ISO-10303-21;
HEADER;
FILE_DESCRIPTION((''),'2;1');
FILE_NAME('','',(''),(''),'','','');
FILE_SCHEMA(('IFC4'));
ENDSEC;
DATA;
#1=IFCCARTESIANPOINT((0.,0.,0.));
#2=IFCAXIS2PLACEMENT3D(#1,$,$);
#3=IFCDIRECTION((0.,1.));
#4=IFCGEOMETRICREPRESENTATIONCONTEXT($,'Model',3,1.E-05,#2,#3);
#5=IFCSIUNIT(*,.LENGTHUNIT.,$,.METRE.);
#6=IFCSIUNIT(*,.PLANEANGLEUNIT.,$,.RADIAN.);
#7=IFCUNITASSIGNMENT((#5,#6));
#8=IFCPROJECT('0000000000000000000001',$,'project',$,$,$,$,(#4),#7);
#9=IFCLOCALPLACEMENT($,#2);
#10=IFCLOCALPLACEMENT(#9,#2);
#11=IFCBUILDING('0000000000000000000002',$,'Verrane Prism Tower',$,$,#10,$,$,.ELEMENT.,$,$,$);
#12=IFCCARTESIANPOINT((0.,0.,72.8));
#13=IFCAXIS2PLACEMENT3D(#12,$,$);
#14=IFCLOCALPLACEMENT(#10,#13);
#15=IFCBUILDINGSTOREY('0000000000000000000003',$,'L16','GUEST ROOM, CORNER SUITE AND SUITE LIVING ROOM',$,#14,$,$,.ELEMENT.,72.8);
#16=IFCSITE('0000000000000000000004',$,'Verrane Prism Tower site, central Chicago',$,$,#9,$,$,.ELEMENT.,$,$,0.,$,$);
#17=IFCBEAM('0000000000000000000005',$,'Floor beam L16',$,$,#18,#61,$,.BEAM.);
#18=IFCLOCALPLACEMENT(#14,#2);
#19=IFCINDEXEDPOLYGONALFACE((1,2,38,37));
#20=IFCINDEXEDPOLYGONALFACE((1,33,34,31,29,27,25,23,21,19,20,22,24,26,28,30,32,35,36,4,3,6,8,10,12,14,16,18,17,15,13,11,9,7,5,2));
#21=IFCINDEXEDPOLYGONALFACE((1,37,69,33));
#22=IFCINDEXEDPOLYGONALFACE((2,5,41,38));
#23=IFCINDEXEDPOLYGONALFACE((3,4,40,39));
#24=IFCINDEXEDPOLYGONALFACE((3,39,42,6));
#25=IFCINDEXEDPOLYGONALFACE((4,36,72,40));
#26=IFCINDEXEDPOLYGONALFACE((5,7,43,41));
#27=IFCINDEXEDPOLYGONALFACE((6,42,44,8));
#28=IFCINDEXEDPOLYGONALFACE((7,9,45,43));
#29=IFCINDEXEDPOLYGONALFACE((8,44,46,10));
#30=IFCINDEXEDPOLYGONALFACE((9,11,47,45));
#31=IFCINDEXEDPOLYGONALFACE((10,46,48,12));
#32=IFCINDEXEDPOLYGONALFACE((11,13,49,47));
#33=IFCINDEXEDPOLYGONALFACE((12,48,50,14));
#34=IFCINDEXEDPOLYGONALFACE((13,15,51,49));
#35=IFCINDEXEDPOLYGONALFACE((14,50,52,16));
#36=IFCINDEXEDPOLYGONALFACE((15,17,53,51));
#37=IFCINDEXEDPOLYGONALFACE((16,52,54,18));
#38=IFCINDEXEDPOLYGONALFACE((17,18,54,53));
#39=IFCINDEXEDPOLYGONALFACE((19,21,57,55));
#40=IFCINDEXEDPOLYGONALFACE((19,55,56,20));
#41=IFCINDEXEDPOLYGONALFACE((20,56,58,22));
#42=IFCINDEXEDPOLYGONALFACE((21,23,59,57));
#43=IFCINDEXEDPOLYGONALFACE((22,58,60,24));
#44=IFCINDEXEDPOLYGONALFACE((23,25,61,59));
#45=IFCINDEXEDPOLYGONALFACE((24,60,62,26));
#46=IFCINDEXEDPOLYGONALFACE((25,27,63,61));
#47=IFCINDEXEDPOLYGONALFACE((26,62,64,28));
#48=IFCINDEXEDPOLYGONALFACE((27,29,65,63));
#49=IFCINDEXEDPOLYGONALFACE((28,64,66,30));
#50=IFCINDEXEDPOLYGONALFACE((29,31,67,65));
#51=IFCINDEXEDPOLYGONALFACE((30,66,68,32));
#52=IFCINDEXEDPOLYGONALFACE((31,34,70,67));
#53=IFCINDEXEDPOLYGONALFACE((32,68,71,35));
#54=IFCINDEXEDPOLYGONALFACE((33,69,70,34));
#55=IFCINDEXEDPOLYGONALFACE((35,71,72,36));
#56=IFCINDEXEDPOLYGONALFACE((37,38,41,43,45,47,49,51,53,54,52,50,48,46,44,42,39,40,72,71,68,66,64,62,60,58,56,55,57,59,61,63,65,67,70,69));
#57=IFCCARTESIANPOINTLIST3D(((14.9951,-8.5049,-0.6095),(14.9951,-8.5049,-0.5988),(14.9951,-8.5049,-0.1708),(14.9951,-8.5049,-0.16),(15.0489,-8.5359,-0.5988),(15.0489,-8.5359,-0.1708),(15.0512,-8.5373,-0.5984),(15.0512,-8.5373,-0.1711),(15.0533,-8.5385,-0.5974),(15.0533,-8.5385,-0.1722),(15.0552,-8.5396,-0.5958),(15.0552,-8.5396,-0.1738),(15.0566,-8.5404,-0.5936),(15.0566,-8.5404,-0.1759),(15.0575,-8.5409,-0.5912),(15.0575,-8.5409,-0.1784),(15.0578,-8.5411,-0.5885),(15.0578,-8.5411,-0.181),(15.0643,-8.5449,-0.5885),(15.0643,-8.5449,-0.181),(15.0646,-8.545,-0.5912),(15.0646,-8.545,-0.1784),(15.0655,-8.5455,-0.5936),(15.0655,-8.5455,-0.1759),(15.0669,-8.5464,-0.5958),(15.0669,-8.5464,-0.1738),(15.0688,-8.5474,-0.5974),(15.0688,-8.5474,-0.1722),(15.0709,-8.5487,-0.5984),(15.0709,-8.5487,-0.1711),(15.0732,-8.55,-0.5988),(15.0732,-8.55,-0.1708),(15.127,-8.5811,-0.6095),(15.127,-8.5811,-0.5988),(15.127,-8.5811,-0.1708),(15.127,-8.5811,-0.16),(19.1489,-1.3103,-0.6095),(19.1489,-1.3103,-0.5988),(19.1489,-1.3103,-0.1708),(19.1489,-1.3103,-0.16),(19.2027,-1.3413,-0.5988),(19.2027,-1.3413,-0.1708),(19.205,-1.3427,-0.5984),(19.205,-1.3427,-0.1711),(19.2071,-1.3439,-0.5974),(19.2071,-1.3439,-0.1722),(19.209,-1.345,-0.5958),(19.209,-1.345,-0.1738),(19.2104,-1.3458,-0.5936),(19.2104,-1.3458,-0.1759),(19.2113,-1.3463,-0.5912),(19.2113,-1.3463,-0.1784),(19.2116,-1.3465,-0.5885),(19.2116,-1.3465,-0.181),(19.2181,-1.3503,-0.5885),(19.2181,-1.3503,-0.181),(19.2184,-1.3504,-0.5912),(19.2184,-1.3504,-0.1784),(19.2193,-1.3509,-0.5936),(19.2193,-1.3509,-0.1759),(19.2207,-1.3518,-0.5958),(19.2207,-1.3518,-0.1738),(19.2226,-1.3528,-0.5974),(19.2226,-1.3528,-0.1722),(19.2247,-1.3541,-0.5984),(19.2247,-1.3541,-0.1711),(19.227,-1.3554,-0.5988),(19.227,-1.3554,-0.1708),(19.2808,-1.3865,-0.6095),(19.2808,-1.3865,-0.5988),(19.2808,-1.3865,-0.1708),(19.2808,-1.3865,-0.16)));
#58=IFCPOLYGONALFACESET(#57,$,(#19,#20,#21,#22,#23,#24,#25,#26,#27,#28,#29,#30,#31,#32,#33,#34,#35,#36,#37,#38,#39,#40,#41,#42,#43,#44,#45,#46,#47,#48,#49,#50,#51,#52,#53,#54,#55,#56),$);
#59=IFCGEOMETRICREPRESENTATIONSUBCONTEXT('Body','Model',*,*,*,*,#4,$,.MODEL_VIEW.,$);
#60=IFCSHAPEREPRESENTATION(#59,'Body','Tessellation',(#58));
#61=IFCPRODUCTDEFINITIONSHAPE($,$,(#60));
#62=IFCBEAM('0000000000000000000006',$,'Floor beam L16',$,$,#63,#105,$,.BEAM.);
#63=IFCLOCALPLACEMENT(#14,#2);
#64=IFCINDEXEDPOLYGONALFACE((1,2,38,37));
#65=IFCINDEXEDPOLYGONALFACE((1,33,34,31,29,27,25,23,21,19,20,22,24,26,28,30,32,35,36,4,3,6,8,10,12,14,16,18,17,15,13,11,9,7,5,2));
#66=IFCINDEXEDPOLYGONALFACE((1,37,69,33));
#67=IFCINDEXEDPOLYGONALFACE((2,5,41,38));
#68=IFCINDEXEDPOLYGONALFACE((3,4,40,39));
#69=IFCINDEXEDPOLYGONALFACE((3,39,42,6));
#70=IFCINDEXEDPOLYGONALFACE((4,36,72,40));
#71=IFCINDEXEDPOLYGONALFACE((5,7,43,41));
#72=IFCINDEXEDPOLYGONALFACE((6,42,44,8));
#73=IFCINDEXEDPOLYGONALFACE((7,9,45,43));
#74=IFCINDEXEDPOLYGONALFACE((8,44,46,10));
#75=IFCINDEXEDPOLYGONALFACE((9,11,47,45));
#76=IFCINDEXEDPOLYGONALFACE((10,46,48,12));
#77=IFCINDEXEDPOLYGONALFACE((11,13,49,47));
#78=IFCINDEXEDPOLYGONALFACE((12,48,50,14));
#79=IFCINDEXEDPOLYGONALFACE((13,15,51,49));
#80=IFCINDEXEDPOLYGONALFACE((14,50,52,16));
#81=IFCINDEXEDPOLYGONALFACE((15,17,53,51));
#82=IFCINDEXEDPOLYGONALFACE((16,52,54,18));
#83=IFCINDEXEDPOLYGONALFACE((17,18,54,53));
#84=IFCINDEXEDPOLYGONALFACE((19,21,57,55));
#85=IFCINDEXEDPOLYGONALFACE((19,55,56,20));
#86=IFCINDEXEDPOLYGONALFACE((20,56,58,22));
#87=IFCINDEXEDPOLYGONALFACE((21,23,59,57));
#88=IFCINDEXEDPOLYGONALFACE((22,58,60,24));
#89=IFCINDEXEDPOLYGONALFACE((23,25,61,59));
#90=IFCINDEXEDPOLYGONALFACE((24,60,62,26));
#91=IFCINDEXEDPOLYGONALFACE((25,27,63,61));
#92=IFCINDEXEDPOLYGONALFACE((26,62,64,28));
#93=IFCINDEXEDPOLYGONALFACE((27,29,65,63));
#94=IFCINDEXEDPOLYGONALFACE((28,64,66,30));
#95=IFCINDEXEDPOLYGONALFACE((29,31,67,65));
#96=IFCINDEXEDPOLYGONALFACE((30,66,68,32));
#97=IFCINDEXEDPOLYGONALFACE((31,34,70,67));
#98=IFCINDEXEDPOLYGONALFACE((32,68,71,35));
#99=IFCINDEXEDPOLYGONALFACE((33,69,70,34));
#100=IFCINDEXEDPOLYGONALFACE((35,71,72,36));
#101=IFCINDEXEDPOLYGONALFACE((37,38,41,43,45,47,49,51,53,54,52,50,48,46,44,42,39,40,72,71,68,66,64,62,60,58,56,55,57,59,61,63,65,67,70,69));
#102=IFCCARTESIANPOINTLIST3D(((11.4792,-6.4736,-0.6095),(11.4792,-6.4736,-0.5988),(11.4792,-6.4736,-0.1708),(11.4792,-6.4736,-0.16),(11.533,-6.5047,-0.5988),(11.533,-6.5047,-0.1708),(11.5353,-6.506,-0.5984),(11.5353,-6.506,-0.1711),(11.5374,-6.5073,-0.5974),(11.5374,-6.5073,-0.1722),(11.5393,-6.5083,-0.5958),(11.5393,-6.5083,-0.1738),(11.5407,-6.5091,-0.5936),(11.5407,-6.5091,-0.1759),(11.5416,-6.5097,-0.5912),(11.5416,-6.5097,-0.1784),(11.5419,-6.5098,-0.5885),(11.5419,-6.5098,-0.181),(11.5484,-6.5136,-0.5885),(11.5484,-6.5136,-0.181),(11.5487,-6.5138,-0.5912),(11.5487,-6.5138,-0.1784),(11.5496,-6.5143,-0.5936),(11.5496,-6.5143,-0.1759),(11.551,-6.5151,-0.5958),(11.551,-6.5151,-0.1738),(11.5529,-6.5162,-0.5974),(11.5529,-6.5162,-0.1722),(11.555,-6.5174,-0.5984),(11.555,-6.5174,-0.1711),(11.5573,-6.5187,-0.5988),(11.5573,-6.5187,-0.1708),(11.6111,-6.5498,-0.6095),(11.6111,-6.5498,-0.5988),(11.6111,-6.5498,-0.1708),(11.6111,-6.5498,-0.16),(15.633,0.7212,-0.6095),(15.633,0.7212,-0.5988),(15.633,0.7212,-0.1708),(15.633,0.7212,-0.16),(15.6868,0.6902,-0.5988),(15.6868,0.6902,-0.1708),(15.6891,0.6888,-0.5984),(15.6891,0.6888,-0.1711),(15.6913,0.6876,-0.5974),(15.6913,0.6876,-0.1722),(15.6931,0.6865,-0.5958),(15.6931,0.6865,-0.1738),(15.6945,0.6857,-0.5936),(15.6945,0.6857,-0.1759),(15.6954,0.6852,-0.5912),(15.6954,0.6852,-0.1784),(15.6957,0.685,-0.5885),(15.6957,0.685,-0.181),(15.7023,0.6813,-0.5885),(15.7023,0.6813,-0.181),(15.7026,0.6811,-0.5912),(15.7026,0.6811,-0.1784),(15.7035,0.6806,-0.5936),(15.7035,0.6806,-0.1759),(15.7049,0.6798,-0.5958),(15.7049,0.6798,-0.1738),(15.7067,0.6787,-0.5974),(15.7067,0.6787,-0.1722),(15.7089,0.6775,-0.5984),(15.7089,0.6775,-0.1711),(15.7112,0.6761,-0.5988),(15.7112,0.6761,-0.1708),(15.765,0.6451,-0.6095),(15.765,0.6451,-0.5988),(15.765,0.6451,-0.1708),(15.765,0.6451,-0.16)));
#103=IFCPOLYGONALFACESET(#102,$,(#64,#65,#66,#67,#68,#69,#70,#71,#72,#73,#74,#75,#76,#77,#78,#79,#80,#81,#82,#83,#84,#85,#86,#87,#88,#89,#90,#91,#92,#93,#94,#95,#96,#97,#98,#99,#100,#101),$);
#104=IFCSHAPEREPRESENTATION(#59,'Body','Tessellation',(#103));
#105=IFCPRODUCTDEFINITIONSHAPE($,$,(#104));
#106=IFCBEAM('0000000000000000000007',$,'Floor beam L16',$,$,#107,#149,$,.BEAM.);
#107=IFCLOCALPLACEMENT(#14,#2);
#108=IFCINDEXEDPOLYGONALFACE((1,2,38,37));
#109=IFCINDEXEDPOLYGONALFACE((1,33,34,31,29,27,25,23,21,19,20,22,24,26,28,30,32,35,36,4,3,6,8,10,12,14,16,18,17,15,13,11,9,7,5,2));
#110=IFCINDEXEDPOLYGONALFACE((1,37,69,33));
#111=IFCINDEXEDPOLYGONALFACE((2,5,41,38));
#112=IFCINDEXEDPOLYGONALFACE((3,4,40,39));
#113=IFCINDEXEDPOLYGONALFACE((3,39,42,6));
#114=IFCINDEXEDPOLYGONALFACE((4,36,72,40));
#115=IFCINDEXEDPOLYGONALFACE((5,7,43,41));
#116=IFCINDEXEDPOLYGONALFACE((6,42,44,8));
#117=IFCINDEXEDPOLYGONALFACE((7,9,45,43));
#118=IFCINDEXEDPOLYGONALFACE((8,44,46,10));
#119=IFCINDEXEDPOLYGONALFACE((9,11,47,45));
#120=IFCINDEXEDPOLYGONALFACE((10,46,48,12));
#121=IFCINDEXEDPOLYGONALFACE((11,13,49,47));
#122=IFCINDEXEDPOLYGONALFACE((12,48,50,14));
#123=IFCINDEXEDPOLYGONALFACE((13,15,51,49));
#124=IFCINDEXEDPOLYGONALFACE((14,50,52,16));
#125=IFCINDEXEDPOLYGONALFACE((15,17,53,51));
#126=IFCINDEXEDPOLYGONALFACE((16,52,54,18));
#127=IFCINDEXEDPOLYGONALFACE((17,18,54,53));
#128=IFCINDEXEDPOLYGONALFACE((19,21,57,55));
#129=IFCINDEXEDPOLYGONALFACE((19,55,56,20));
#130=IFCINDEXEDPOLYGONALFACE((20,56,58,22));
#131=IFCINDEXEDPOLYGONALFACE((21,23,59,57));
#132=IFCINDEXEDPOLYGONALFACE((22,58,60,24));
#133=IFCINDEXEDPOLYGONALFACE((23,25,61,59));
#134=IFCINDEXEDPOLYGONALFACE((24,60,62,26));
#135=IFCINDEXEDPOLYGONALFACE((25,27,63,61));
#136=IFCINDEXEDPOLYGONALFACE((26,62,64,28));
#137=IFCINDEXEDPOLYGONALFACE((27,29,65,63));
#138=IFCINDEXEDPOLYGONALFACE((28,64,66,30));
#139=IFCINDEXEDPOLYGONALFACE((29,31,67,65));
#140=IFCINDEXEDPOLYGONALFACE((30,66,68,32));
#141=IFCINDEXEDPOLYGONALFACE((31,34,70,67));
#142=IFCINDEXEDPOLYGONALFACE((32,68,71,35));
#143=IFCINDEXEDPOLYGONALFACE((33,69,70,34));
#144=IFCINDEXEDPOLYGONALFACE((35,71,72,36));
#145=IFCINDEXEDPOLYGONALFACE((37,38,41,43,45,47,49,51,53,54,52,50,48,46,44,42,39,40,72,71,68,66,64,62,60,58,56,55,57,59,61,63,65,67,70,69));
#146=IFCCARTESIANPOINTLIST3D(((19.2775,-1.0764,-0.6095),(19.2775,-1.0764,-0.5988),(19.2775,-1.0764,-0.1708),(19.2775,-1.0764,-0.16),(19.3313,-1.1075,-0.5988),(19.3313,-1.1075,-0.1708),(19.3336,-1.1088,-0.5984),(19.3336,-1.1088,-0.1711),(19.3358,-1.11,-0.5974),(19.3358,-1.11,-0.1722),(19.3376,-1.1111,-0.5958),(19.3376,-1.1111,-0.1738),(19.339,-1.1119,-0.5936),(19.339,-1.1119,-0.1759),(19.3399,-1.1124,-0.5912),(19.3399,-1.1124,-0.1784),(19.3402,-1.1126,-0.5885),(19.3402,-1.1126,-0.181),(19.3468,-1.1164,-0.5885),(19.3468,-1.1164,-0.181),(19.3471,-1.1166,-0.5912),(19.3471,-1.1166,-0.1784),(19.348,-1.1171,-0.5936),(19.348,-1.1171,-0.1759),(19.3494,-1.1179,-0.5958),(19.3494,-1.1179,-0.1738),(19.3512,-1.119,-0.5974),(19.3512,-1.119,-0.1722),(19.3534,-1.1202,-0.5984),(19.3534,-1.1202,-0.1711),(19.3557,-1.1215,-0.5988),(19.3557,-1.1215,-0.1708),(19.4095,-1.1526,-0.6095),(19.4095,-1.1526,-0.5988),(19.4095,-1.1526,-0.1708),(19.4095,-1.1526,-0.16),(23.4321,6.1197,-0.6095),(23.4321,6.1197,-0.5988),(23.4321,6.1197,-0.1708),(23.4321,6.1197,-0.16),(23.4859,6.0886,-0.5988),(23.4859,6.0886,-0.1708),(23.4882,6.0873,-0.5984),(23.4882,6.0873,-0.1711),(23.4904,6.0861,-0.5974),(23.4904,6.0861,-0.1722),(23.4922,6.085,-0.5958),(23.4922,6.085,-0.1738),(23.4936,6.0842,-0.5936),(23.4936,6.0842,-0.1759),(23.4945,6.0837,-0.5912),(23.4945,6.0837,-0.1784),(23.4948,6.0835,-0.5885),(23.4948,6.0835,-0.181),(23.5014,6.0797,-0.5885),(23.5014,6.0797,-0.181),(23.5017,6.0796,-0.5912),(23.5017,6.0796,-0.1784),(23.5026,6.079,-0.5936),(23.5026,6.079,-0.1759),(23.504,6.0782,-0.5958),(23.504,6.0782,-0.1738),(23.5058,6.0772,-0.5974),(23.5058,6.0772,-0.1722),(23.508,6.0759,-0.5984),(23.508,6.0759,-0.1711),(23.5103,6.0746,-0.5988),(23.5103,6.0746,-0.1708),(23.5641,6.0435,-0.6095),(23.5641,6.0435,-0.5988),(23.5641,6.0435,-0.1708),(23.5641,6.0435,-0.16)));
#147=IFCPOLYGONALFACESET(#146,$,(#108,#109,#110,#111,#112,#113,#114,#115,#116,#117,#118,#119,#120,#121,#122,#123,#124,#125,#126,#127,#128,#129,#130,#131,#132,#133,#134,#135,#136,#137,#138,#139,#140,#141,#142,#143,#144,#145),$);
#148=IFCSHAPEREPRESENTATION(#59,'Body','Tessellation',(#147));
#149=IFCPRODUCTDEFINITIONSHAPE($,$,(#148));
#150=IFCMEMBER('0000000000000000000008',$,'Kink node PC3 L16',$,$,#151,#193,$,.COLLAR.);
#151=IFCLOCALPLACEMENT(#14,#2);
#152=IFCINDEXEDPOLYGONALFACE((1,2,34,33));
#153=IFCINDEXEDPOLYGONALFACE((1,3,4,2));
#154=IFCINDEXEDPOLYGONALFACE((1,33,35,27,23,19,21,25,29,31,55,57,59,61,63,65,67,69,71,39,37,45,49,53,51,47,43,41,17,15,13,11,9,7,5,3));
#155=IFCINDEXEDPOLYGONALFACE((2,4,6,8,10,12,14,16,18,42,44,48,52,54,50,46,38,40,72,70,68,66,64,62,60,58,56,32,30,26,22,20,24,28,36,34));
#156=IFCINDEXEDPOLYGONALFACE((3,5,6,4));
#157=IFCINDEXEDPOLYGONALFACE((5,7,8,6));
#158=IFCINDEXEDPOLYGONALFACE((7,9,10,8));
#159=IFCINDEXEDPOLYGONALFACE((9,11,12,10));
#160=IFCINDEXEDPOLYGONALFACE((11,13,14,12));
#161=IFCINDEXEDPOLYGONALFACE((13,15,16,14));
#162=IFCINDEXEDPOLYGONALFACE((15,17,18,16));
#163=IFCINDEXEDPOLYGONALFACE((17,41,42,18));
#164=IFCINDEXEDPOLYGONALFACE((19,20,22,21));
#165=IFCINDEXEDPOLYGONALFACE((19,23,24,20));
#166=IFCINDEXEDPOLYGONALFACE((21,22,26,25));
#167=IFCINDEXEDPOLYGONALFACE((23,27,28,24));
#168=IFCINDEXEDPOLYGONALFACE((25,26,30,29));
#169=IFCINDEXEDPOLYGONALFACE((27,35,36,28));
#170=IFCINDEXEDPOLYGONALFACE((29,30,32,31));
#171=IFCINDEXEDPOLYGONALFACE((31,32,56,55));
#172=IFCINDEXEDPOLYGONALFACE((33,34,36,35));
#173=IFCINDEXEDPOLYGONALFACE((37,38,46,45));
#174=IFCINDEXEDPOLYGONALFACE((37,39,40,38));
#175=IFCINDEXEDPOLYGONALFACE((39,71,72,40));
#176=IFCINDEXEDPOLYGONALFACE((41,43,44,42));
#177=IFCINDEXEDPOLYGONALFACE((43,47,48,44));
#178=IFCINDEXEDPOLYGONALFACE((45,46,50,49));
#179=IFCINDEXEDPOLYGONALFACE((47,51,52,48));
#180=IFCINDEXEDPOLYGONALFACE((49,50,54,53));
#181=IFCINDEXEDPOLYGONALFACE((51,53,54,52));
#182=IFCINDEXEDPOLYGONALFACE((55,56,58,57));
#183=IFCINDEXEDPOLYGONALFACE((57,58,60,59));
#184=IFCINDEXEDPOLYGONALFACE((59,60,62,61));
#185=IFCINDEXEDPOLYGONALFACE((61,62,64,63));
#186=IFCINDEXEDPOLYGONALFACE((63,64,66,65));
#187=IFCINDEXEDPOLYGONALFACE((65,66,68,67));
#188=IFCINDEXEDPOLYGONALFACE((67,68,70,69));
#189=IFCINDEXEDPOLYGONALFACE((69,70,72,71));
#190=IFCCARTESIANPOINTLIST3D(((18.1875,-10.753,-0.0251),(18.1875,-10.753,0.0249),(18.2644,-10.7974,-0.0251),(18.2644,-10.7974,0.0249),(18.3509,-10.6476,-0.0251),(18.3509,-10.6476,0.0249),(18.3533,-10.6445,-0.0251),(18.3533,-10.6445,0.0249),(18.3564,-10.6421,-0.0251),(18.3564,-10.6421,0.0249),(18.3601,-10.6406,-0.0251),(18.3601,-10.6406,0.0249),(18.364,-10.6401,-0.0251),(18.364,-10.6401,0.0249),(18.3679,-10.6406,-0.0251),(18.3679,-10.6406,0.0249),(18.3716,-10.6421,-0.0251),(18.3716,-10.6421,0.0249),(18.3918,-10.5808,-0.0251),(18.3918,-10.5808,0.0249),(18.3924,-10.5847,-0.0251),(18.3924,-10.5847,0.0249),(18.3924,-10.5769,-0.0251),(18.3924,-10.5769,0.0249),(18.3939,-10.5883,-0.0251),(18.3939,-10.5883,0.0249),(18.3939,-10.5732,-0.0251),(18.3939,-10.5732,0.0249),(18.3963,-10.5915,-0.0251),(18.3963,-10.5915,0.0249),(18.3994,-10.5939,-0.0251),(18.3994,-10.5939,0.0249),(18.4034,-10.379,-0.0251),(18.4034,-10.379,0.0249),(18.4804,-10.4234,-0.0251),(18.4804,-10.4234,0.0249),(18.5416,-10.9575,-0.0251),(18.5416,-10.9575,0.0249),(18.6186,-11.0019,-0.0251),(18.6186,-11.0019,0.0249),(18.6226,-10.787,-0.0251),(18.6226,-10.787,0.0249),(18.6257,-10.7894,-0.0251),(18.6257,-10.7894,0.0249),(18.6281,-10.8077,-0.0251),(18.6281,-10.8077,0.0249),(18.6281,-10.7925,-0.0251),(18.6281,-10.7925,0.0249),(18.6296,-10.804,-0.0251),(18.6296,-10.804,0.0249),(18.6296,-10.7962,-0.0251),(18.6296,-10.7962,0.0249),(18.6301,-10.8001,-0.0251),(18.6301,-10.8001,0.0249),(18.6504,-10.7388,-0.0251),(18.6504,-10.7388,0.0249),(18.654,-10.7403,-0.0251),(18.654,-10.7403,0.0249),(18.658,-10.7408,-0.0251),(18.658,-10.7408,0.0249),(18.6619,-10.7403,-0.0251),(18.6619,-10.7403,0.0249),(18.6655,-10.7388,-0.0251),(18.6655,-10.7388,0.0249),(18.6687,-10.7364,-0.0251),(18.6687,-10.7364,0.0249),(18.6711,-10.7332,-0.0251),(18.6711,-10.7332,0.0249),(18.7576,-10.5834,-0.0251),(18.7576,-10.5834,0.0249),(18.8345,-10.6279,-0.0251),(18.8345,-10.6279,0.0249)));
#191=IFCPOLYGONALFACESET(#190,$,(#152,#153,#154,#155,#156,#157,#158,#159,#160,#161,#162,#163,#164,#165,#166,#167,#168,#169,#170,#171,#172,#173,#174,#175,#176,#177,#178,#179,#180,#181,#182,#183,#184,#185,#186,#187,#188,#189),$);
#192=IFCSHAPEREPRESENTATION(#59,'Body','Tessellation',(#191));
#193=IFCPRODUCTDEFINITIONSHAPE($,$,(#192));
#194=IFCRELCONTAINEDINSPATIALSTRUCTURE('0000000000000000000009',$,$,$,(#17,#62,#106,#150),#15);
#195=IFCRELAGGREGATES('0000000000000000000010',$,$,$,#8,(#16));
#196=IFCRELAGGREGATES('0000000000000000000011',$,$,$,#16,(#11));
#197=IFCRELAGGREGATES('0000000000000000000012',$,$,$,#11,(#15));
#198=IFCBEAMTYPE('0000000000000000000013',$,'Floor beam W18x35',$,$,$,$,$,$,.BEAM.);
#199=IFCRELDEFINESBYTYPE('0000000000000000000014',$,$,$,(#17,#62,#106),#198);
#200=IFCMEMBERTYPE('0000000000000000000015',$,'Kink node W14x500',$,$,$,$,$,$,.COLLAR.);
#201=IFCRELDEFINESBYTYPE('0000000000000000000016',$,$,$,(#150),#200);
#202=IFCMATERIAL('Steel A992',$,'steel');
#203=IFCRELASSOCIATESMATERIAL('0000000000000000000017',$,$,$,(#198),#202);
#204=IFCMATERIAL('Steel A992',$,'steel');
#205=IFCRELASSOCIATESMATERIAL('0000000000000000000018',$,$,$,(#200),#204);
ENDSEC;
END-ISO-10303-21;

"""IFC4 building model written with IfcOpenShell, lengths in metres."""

from ifc_helpers import new_model, si_unit, direction, frame, origin, origin_2d, place, context, subcontext, project, spatial, i_section, extrude, material, material_profile, profile_set, type_object, element, save


model = new_model("IFC4")

# Units and contexts
model_context = context("Model", 3, precision=1e-05, world=origin(), true_north=direction((0.0, 1.0)))
body_context = subcontext(model_context, "Body", "Model", "MODEL_VIEW")
ifc_project = project(units=[si_unit("LENGTHUNIT", "METRE"), si_unit("PLANEANGLEUNIT", "RADIAN")], contexts=[model_context])

# Site, building, storey
site_placement = place(None, origin())
site = spatial("IfcSite", under=ifc_project, at=site_placement, Name="Verrane Prism Tower site, central Chicago", CompositionType="ELEMENT", RefElevation=0.0)
building_placement = place(site_placement, origin())
building = spatial("IfcBuilding", under=site, at=building_placement, Name="Verrane Prism Tower", CompositionType="ELEMENT")
storey_placement = place(building_placement, frame((0.0, 0.0, 72.8)))
storey = spatial("IfcBuildingStorey", under=building, at=storey_placement, Name="L16", Description="GUEST ROOM, CORNER SUITE AND SUITE LIVING ROOM", CompositionType="ELEMENT", Elevation=72.8)

# Beams
ifc_material_1 = material(Name="Steel A992", Category="steel")
ifc_material_profile_1 = material_profile(ifc_material_1, i_section(OverallWidth=0.1523, OverallDepth=0.4495, WebThickness=0.0076, FlangeThickness=0.0107, FilletRadius=0.0103, at=origin_2d()), Name="W18x35")
ifc_profile_set_1 = profile_set([ifc_material_profile_1], Name="Steel A992")
beam_type_1 = type_object("IfcBeamType", Name="Floor beam W18x35", PredefinedType="BEAM", material=ifc_profile_set_1)
beam_1_placement = place(storey_placement, frame((15.061, -8.543, -0.3848), z_axis=(0.500001, 0.866025, 0.0), x_axis=(-0.866025, 0.500001, 0.0)))
element("IfcBeam", 1, at=beam_1_placement, inside=storey, type_object=beam_type_1, Name="Floor beam L16", PredefinedType="BEAM", context=body_context, shape_type="SweptSolid", body=[
    extrude(i_section(OverallWidth=0.1523, OverallDepth=0.4495, WebThickness=0.0076, FlangeThickness=0.0107, FilletRadius=0.0103, at=origin_2d()), origin(), (0.0, 0.0, 1.0), 8.3076),
])
beam_2_placement = place(storey_placement, frame((11.5452, -6.5117, -0.3848), z_axis=(0.499989, 0.866032, 0.0), x_axis=(-0.866032, 0.499989, 0.0)))
element("IfcBeam", 2, at=beam_2_placement, inside=storey, type_object=beam_type_1, Name="Floor beam L16", PredefinedType="BEAM", context=body_context, shape_type="SweptSolid", body=[
    extrude(i_section(OverallWidth=0.1523, OverallDepth=0.4495, WebThickness=0.0076, FlangeThickness=0.0107, FilletRadius=0.0103, at=origin_2d()), origin(), (0.0, 0.0, 1.0), 8.3079),
])
beam_3_placement = place(storey_placement, frame((19.3435, -1.1145, -0.3848), z_axis=(0.499991, 0.86603, 0.0), x_axis=(-0.86603, 0.499991, 0.0)))
element("IfcBeam", 3, at=beam_3_placement, inside=storey, type_object=beam_type_1, Name="Floor beam L16", PredefinedType="BEAM", context=body_context, shape_type="SweptSolid", body=[
    extrude(i_section(OverallWidth=0.1523, OverallDepth=0.4495, WebThickness=0.0076, FlangeThickness=0.0107, FilletRadius=0.0103, at=origin_2d()), origin(), (0.0, 0.0, 1.0), 8.3093),
])

# Member
ifc_material_2 = material(Name="Steel A992", Category="steel")
ifc_material_profile_2 = material_profile(ifc_material_2, i_section(OverallWidth=0.4319, OverallDepth=0.4978, WebThickness=0.0557, FlangeThickness=0.0889, FilletRadius=0.0151, at=origin_2d()), Name="W14x500")
ifc_profile_set_2 = profile_set([ifc_material_profile_2], Name="Steel A992")
member_type_1 = type_object("IfcMemberType", Name="Kink node W14x500", PredefinedType="COLLAR", material=ifc_profile_set_2)
for number, where, z_axis, x_axis, name in (
    (4, (18.511, -10.6904, -0.0251), (0.0, 0.0, 1.0), (-0.5, -0.866025, 0.0), "Kink node PC3 L16"),
):
    element("IfcMember", number, at=place(storey_placement, frame(where, z_axis=z_axis, x_axis=x_axis)), inside=storey, type_object=member_type_1, Name=name, PredefinedType="COLLAR", context=body_context, shape_type="SweptSolid", body=[
        extrude(i_section(OverallWidth=0.4319, OverallDepth=0.4978, WebThickness=0.0557, FlangeThickness=0.0889, FilletRadius=0.0151, at=origin_2d()), origin(), (0.0, 0.0, 1.0), 0.05),
    ])

save(model, "model.ifc")
